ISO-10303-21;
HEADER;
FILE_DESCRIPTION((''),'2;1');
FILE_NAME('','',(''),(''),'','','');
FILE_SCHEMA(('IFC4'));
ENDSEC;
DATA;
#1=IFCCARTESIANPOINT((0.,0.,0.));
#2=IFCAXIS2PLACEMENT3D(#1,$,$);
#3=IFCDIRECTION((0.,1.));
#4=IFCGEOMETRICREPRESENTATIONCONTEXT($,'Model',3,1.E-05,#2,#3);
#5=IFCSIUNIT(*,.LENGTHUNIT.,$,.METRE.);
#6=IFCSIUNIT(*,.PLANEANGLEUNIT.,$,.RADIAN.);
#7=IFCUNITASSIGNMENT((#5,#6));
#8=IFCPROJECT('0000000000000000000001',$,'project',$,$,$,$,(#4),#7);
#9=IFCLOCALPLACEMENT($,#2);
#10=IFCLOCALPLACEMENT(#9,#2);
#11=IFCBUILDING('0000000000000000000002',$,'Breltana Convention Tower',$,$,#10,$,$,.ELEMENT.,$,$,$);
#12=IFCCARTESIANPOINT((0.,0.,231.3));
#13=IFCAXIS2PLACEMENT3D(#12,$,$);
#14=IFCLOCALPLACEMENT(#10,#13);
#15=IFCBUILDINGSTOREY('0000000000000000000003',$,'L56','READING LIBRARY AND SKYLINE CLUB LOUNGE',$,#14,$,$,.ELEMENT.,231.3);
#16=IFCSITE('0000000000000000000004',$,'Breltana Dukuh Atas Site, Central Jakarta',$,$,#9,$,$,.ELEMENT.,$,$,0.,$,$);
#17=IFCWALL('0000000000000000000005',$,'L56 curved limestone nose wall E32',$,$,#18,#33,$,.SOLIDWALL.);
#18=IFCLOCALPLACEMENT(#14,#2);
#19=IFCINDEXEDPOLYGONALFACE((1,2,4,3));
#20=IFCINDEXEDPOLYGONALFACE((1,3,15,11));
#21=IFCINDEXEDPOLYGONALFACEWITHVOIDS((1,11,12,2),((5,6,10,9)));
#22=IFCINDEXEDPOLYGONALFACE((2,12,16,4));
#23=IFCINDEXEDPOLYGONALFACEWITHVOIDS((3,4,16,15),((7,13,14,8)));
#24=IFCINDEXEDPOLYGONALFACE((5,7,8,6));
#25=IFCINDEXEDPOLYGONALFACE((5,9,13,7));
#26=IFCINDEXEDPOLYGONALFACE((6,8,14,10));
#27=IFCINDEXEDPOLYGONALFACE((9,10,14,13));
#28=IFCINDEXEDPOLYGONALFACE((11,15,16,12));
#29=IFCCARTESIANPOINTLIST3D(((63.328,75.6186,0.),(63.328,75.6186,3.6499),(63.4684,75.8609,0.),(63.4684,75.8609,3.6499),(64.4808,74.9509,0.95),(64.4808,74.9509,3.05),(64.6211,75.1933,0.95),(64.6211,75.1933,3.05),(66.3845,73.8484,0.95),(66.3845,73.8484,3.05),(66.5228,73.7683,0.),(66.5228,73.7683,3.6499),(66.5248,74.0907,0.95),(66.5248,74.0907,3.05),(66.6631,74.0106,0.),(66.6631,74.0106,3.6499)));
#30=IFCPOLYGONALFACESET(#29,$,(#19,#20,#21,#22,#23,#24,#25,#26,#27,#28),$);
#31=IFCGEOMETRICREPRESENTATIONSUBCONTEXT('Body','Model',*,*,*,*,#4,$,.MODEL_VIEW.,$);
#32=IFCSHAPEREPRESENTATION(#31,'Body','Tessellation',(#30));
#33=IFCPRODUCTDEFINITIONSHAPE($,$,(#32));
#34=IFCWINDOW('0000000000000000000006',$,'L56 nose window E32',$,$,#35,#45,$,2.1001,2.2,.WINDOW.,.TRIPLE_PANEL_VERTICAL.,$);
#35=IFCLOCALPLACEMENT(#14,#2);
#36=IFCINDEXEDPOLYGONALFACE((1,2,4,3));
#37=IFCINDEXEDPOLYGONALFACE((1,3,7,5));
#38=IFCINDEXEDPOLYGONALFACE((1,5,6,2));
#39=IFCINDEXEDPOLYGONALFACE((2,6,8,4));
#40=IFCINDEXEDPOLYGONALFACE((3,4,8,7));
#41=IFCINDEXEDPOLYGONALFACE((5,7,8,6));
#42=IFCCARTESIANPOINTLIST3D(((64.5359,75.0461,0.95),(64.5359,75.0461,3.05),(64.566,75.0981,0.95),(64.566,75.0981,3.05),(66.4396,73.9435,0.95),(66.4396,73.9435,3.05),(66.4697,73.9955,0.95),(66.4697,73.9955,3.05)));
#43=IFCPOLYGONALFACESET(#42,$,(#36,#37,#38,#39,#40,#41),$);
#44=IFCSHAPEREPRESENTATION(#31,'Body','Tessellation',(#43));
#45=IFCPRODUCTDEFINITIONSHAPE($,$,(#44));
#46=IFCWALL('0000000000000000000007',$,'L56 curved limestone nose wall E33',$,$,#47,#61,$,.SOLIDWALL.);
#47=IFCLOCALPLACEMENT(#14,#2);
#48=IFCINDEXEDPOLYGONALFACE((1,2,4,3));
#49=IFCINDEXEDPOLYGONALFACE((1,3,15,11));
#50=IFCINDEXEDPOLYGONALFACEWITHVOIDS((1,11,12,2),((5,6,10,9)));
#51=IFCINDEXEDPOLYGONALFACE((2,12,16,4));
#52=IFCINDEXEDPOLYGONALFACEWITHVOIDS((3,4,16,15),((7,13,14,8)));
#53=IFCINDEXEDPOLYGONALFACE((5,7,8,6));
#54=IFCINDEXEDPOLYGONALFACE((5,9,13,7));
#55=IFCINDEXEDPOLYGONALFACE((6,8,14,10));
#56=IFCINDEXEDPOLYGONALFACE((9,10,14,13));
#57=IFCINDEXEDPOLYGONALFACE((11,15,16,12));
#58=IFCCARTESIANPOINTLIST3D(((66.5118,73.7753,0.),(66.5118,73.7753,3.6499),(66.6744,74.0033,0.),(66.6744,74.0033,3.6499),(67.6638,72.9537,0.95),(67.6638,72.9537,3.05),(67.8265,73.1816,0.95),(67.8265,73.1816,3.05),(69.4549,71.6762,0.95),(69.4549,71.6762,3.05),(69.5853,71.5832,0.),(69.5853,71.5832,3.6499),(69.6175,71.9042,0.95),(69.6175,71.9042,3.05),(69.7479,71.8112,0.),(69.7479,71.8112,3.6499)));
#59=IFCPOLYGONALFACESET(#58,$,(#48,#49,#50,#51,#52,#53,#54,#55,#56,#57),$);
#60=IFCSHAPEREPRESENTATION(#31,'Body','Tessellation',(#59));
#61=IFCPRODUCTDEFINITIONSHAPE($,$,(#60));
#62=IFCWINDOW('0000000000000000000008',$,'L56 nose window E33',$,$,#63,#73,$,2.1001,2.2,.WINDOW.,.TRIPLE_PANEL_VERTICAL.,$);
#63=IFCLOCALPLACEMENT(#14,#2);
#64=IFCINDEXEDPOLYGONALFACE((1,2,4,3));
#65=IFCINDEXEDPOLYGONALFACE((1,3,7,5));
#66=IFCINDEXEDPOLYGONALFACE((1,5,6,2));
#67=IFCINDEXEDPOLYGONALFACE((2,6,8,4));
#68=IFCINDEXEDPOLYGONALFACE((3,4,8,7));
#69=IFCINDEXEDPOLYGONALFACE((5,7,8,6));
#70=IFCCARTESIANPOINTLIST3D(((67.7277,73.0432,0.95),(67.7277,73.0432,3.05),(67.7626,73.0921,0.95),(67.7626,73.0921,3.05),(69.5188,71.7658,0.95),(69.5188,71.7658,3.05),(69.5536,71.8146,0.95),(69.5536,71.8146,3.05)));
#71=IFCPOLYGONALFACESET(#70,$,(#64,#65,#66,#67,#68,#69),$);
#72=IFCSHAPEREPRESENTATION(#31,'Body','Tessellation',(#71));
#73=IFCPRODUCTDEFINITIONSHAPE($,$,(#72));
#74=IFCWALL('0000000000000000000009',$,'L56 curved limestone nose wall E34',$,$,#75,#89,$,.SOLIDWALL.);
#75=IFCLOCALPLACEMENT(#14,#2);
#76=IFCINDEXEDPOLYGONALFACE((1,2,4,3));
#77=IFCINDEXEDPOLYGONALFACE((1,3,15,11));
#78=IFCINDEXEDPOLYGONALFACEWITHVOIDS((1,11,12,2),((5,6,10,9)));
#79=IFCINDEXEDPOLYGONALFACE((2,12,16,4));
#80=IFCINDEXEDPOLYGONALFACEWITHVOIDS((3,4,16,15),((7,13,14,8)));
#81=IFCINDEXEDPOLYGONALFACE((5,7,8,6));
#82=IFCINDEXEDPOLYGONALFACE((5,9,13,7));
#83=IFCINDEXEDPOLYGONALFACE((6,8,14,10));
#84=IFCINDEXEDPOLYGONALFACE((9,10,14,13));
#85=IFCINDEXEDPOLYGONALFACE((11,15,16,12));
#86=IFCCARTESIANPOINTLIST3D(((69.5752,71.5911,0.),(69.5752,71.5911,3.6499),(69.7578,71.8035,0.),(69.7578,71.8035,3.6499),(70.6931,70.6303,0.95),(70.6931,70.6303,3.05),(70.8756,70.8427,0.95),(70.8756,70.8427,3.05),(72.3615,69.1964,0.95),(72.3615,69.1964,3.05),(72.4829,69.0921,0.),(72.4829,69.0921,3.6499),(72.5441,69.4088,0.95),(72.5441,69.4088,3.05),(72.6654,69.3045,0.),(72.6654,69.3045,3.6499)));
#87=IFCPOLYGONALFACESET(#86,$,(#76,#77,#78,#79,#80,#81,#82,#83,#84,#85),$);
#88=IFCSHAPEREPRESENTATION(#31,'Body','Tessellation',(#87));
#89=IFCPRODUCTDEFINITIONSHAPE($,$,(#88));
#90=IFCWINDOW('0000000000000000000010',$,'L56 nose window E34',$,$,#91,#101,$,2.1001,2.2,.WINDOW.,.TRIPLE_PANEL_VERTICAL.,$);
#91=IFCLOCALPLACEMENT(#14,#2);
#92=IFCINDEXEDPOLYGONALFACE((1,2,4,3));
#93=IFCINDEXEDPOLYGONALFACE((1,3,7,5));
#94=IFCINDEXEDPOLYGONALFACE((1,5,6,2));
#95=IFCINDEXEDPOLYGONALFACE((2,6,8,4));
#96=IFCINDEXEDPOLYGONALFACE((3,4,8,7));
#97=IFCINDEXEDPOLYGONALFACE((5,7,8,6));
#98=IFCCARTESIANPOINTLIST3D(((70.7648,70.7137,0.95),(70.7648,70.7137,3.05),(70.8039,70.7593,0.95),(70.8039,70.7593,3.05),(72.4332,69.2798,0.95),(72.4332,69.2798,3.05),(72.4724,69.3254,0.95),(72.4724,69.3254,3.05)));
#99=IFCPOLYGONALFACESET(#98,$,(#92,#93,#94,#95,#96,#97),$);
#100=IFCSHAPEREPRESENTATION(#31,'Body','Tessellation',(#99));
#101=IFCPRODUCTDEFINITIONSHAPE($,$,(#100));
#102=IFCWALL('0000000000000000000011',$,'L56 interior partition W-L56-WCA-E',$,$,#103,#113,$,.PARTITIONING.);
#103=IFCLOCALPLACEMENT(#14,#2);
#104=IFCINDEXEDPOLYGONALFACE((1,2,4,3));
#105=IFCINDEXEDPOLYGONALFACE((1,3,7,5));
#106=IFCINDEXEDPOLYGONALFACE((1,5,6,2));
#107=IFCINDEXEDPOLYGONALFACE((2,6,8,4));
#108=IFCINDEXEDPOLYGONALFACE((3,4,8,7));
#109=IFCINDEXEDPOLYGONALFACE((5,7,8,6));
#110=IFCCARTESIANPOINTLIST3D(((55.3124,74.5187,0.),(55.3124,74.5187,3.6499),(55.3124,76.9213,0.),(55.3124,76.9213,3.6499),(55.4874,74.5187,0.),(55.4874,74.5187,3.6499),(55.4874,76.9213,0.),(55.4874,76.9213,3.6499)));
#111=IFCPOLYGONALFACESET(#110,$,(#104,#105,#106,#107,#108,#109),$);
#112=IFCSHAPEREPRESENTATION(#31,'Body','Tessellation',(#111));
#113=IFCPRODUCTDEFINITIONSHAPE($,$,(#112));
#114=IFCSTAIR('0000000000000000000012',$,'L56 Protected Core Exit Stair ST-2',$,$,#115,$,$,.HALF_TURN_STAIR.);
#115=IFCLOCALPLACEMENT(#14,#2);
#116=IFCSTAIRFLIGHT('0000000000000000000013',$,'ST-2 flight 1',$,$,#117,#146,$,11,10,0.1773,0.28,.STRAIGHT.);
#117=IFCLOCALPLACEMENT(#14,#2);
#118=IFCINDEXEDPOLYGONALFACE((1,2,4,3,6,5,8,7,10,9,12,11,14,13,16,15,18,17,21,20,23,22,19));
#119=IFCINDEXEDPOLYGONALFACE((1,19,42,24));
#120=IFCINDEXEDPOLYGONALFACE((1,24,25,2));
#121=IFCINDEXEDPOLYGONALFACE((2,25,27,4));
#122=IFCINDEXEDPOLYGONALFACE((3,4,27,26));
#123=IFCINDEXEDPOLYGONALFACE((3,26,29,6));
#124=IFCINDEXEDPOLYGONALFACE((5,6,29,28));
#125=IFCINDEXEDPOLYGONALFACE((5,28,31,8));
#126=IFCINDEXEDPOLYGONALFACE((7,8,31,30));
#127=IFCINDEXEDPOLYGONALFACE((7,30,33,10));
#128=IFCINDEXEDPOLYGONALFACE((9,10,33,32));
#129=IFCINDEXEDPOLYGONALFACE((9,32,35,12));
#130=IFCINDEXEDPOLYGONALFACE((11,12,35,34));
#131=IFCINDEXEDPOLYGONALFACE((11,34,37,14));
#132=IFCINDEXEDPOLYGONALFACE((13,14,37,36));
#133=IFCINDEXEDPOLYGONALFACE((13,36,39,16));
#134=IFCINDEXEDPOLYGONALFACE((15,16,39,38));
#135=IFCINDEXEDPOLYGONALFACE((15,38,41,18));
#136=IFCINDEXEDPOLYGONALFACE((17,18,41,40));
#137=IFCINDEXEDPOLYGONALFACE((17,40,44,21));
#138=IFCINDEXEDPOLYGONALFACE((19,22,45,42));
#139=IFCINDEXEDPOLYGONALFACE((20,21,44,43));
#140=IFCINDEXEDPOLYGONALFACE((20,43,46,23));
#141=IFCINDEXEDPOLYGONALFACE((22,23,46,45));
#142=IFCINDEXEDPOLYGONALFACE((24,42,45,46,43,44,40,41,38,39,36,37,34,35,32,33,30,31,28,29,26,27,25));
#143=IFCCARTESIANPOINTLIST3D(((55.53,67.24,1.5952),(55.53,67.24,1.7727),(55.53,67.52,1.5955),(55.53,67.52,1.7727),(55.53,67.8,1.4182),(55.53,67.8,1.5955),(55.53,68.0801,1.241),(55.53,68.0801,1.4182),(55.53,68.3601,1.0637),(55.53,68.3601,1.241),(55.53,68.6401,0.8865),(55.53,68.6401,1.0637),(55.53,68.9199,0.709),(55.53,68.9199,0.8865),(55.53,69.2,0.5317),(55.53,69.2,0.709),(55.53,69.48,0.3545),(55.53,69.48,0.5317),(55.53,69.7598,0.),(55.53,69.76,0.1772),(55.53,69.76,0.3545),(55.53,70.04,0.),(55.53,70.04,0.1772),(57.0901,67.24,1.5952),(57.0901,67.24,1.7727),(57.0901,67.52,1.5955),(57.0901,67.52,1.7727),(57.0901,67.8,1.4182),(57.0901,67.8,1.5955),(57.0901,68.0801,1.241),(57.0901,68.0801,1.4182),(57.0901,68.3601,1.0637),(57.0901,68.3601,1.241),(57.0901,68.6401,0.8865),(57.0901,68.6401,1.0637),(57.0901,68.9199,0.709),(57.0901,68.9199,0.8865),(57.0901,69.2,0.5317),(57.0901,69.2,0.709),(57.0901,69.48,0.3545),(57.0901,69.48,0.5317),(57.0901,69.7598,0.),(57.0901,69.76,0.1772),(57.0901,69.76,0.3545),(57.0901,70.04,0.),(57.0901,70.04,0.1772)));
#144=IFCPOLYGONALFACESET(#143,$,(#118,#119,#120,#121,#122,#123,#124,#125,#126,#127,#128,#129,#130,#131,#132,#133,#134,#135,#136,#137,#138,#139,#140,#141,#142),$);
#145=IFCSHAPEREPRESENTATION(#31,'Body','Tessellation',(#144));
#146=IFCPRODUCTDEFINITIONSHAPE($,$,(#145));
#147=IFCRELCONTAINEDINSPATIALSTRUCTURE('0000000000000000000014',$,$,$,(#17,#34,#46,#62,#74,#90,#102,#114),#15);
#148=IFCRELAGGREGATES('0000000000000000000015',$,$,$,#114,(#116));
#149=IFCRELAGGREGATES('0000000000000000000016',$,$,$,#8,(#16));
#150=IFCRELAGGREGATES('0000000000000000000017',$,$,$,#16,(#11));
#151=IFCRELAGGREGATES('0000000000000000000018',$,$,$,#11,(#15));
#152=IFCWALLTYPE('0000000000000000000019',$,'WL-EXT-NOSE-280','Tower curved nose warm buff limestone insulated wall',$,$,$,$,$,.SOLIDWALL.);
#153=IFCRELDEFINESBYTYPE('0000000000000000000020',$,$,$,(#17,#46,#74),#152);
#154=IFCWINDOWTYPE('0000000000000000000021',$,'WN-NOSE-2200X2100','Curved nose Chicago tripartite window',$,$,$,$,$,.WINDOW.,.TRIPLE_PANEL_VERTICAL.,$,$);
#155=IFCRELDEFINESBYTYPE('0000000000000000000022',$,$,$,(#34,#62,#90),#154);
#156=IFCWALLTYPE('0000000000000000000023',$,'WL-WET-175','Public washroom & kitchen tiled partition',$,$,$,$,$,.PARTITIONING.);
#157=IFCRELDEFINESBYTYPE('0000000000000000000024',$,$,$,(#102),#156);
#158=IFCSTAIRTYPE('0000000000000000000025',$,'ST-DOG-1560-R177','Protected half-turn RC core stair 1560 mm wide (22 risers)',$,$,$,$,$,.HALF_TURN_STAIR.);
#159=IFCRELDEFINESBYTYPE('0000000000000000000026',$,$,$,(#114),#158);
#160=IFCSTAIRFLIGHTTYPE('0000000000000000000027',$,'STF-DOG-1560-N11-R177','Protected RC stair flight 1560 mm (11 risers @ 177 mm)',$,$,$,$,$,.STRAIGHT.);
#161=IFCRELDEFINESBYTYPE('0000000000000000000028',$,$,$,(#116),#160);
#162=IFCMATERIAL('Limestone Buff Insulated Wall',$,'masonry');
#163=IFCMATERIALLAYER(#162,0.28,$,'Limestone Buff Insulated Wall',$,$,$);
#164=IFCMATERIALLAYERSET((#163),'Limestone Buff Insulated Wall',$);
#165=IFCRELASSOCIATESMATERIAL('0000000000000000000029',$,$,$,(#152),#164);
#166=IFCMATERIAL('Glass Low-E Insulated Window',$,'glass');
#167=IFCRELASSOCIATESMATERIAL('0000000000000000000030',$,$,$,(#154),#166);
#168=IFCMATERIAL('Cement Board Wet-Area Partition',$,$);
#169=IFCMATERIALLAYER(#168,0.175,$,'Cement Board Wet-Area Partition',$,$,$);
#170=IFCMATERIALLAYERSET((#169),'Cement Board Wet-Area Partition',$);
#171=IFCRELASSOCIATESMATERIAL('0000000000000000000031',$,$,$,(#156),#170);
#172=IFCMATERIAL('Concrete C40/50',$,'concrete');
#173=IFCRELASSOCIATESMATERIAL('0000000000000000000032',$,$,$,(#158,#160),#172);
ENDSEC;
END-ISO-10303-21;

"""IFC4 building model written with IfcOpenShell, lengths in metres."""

from ifc_helpers import new_model, si_unit, direction, frame, frame_2d, origin, place, context, subcontext, project, spatial, polyline, rectangle, outline, extrude, source, transform, mapped, material, layer, layer_set, type_object, type_shapes, element, fill, aggregate, save


model = new_model("IFC4")

# Units and contexts
model_context = context("Model", 3, precision=1e-05, world=origin(), true_north=direction((0.0, 1.0)))
body_context = subcontext(model_context, "Body", "Model", "MODEL_VIEW")
ifc_project = project(units=[si_unit("LENGTHUNIT", "METRE"), si_unit("PLANEANGLEUNIT", "RADIAN")], contexts=[model_context])

# Site, building, storey
site_placement = place(None, origin())
site = spatial("IfcSite", under=ifc_project, at=site_placement, Name="Breltana Dukuh Atas Site, Central Jakarta", CompositionType="ELEMENT", RefElevation=0.0)
building_placement = place(site_placement, origin())
building = spatial("IfcBuilding", under=site, at=building_placement, Name="Breltana Convention Tower", CompositionType="ELEMENT")
storey_placement = place(building_placement, frame((0.0, 0.0, 231.3)))
storey = spatial("IfcBuildingStorey", under=building, at=storey_placement, Name="L56", Description="READING LIBRARY AND SKYLINE CLUB LOUNGE", CompositionType="ELEMENT", Elevation=231.3)

# Shared definitions
ifc_material_1 = material(Name="Limestone Buff Insulated Wall", Category="masonry")
ifc_layer_1 = layer(ifc_material_1, 0.28, Name="Limestone Buff Insulated Wall")
ifc_layer_set_1 = layer_set([ifc_layer_1], Name="Limestone Buff Insulated Wall")
wall_type_1 = type_object("IfcWallType", Name="WL-EXT-NOSE-280", Description="Tower curved nose warm buff limestone insulated wall", PredefinedType="SOLIDWALL", material=ifc_layer_set_1)

# Walls, openings, windows
shared_shape_1 = source(origin(), body_context, "Body", "SweptSolid", [
    extrude(rectangle(XDim=3.6919, YDim=0.28, at=frame_2d((1.8459, 0.0))), origin(), (0.0, 0.0, 1.0), 3.6499),
])
wall_1_placement = place(storey_placement, frame((63.3982, 75.7397, 0.0), z_axis=(0.0, 0.0, 1.0), x_axis=(0.865343, -0.50118, 0.0)))
wall_1 = element("IfcWall", 1, at=wall_1_placement, inside=storey, type_object=wall_type_1, Name="L56 curved limestone nose wall E32", PredefinedType="SOLIDWALL", context=body_context, shape_type="MappedRepresentation", body=[
    mapped(shared_shape_1, transform((0.0, 0.0, 0.0), scale=1.0)),
])
opening_1_placement = place(wall_1_placement, frame((1.332, 0.0, 0.95)))
opening_1 = element("IfcOpeningElement", 2, at=opening_1_placement, cuts=wall_1, PredefinedType="OPENING", context=body_context, shape_type="SweptSolid", body=[
    extrude(rectangle(XDim=2.2, YDim=2.1001, at=frame_2d((1.1001, 1.05))), frame((0.0, 0.1499, 0.0), z_axis=(0.0, -1.0, 0.0), x_axis=(1.0, 0.0, 0.0)), (0.0, 0.0, 1.0), 0.3),
])
ifc_material_2 = material(Name="Glass Low-E Insulated Window", Category="glass")
window_type = type_object("IfcWindowType", Name="WN-NOSE-2200X2100", Description="Curved nose Chicago tripartite window", PartitioningType="TRIPLE_PANEL_VERTICAL", PredefinedType="WINDOW", material=ifc_material_2)
shared_shape_2 = source(origin(), body_context, "Body", "SweptSolid", [
    extrude(rectangle(XDim=2.2, YDim=2.1001, at=frame_2d((1.1001, 1.05))), frame((0.0, 0.03, 0.0), z_axis=(0.0, -1.0, 0.0), x_axis=(1.0, 0.0, 0.0)), (0.0, 0.0, 1.0), 0.0601),
])
type_shapes(window_type, [shared_shape_2])
window_1_placement = place(opening_1_placement, origin())
window_1 = element("IfcWindow", 3, at=window_1_placement, inside=storey, type_object=window_type, Name="L56 nose window E32", OverallHeight=2.1001, OverallWidth=2.2, PartitioningType="TRIPLE_PANEL_VERTICAL", PredefinedType="WINDOW", context=body_context, shape_type="MappedRepresentation", body=[
    mapped(shared_shape_2, transform((0.0, 0.0, 0.0), scale=1.0)),
])
fill(opening_1, window_1)
shared_shape_3 = source(origin(), body_context, "Body", "SweptSolid", [
    extrude(rectangle(XDim=3.7751, YDim=0.28, at=frame_2d((1.8877, 0.0))), origin(), (0.0, 0.0, 1.0), 3.6499),
])
wall_2_placement = place(storey_placement, frame((66.593, 73.8894, 0.0), z_axis=(0.0, 0.0, 1.0), x_axis=(0.814135, -0.580675, 0.0)))
wall_2 = element("IfcWall", 4, at=wall_2_placement, inside=storey, type_object=wall_type_1, Name="L56 curved limestone nose wall E33", PredefinedType="SOLIDWALL", context=body_context, shape_type="MappedRepresentation", body=[
    mapped(shared_shape_3, transform((0.0, 0.0, 0.0), scale=1.0)),
])
opening_2_placement = place(wall_2_placement, frame((1.415, 0.0, 0.95)))
opening_2 = element("IfcOpeningElement", 5, at=opening_2_placement, cuts=wall_2, PredefinedType="OPENING", context=body_context, shape_type="SweptSolid", body=[
    extrude(rectangle(XDim=2.2, YDim=2.1001, at=frame_2d((1.1001, 1.05))), frame((0.0, 0.1499, 0.0), z_axis=(0.0, -1.0, 0.0), x_axis=(1.0, 0.0, 0.0)), (0.0, 0.0, 1.0), 0.3),
])
window_2_placement = place(opening_2_placement, origin())
window_2 = element("IfcWindow", 6, at=window_2_placement, inside=storey, type_object=window_type, Name="L56 nose window E33", OverallHeight=2.1001, OverallWidth=2.2, PartitioningType="TRIPLE_PANEL_VERTICAL", PredefinedType="WINDOW", context=body_context, shape_type="MappedRepresentation", body=[
    mapped(shared_shape_2, transform((0.0, 0.0, 0.0), scale=1.0)),
])
fill(opening_2, window_2)
shared_shape_4 = source(origin(), body_context, "Body", "SweptSolid", [
    extrude(rectangle(XDim=3.834, YDim=0.28, at=frame_2d((1.917, 0.0))), origin(), (0.0, 0.0, 1.0), 3.6499),
])
wall_3_placement = place(storey_placement, frame((69.6665, 71.6973, 0.0), z_axis=(0.0, 0.0, 1.0), x_axis=(0.758393, -0.651798, 0.0)))
wall_3 = element("IfcWall", 7, at=wall_3_placement, inside=storey, type_object=wall_type_1, Name="L56 curved limestone nose wall E34", PredefinedType="SOLIDWALL", context=body_context, shape_type="MappedRepresentation", body=[
    mapped(shared_shape_4, transform((0.0, 0.0, 0.0), scale=1.0)),
])
opening_3_placement = place(wall_3_placement, frame((1.4739, 0.0, 0.95)))
opening_3 = element("IfcOpeningElement", 8, at=opening_3_placement, cuts=wall_3, PredefinedType="OPENING", context=body_context, shape_type="SweptSolid", body=[
    extrude(rectangle(XDim=2.2, YDim=2.1001, at=frame_2d((1.1001, 1.05))), frame((0.0, 0.1499, 0.0), z_axis=(0.0, -1.0, 0.0), x_axis=(1.0, 0.0, 0.0)), (0.0, 0.0, 1.0), 0.3),
])
window_3_placement = place(opening_3_placement, origin())
window_3 = element("IfcWindow", 9, at=window_3_placement, inside=storey, type_object=window_type, Name="L56 nose window E34", OverallHeight=2.1001, OverallWidth=2.2, PartitioningType="TRIPLE_PANEL_VERTICAL", PredefinedType="WINDOW", context=body_context, shape_type="MappedRepresentation", body=[
    mapped(shared_shape_2, transform((0.0, 0.0, 0.0), scale=1.0)),
])
fill(opening_3, window_3)

# Wall
ifc_material_3 = material(Name="Cement Board Wet-Area Partition")
ifc_layer_2 = layer(ifc_material_3, 0.175, Name="Cement Board Wet-Area Partition")
ifc_layer_set_2 = layer_set([ifc_layer_2], Name="Cement Board Wet-Area Partition")
wall_type_2 = type_object("IfcWallType", Name="WL-WET-175", Description="Public washroom & kitchen tiled partition", PredefinedType="PARTITIONING", material=ifc_layer_set_2)
shared_shape_5 = source(origin(), body_context, "Body", "SweptSolid", [
    extrude(rectangle(XDim=2.4026, YDim=0.175, at=frame_2d((1.2012, 0.0))), origin(), (0.0, 0.0, 1.0), 3.6499),
])
wall_4_placement = place(storey_placement, frame((55.3999, 74.5188, 0.0), z_axis=(0.0, 0.0, 1.0), x_axis=(0.0, 1.0, 0.0)))
element("IfcWall", 10, at=wall_4_placement, inside=storey, type_object=wall_type_2, Name="L56 interior partition W-L56-WCA-E", PredefinedType="PARTITIONING", context=body_context, shape_type="MappedRepresentation", body=[
    mapped(shared_shape_5, transform((0.0, 0.0, 0.0), scale=1.0)),
])

# Stair, stair flight
ifc_material_4 = material(Name="Concrete C40/50", Category="concrete")
stair_type = type_object("IfcStairType", Name="ST-DOG-1560-R177", Description="Protected half-turn RC core stair 1560 mm wide (22 risers)", PredefinedType="HALF_TURN_STAIR", material=ifc_material_4)
stair_placement = place(storey_placement, origin())
stair = element("IfcStair", 11, at=stair_placement, inside=storey, type_object=stair_type, Name="L56 Protected Core Exit Stair ST-2", PredefinedType="HALF_TURN_STAIR")
stair_flight_type = type_object("IfcStairFlightType", Name="STF-DOG-1560-N11-R177", Description="Protected RC stair flight 1560 mm (11 risers @ 177 mm)", PredefinedType="STRAIGHT", material=ifc_material_4)
stair_flight_placement = place(storey_placement, frame((56.3101, 70.04, 0.0), z_axis=(0.0, 0.0, 1.0), x_axis=(0.0, -1.0, 0.0)))
stair_flight = element("IfcStairFlight", 12, at=stair_flight_placement, type_object=stair_flight_type, Name="ST-2 flight 1", NumberOfRisers=11, NumberOfTreads=10, PredefinedType="STRAIGHT", RiserHeight=0.1773, TreadLength=0.28, context=body_context, shape_type="SweptSolid", body=[
    extrude(outline(polyline([(0.0, 0.0), (0.0, 0.1772), (0.28, 0.1772), (0.28, 0.3545), (0.5601, 0.3545), (0.5601, 0.5317), (0.8401, 0.5317), (0.8401, 0.709), (1.1201, 0.709), (1.1201, 0.8865), (1.3999, 0.8865), (1.3999, 1.0637), (1.6799, 1.0637), (1.6799, 1.241), (1.96, 1.241), (1.96, 1.4182), (2.24, 1.4182), (2.24, 1.5955), (2.52, 1.5955), (2.52, 1.7727), (2.8, 1.7727), (2.8, 1.95), (2.8, 1.5952), (0.2803, 0.0), (0.0, 0.0)])), frame((0.0, 0.78, 0.0), z_axis=(0.0, -1.0, 0.0), x_axis=(1.0, 0.0, 0.0)), (0.0, 0.0, 1.0), 1.5601),
])
aggregate(stair, [stair_flight])

save(model, "model.ifc")
